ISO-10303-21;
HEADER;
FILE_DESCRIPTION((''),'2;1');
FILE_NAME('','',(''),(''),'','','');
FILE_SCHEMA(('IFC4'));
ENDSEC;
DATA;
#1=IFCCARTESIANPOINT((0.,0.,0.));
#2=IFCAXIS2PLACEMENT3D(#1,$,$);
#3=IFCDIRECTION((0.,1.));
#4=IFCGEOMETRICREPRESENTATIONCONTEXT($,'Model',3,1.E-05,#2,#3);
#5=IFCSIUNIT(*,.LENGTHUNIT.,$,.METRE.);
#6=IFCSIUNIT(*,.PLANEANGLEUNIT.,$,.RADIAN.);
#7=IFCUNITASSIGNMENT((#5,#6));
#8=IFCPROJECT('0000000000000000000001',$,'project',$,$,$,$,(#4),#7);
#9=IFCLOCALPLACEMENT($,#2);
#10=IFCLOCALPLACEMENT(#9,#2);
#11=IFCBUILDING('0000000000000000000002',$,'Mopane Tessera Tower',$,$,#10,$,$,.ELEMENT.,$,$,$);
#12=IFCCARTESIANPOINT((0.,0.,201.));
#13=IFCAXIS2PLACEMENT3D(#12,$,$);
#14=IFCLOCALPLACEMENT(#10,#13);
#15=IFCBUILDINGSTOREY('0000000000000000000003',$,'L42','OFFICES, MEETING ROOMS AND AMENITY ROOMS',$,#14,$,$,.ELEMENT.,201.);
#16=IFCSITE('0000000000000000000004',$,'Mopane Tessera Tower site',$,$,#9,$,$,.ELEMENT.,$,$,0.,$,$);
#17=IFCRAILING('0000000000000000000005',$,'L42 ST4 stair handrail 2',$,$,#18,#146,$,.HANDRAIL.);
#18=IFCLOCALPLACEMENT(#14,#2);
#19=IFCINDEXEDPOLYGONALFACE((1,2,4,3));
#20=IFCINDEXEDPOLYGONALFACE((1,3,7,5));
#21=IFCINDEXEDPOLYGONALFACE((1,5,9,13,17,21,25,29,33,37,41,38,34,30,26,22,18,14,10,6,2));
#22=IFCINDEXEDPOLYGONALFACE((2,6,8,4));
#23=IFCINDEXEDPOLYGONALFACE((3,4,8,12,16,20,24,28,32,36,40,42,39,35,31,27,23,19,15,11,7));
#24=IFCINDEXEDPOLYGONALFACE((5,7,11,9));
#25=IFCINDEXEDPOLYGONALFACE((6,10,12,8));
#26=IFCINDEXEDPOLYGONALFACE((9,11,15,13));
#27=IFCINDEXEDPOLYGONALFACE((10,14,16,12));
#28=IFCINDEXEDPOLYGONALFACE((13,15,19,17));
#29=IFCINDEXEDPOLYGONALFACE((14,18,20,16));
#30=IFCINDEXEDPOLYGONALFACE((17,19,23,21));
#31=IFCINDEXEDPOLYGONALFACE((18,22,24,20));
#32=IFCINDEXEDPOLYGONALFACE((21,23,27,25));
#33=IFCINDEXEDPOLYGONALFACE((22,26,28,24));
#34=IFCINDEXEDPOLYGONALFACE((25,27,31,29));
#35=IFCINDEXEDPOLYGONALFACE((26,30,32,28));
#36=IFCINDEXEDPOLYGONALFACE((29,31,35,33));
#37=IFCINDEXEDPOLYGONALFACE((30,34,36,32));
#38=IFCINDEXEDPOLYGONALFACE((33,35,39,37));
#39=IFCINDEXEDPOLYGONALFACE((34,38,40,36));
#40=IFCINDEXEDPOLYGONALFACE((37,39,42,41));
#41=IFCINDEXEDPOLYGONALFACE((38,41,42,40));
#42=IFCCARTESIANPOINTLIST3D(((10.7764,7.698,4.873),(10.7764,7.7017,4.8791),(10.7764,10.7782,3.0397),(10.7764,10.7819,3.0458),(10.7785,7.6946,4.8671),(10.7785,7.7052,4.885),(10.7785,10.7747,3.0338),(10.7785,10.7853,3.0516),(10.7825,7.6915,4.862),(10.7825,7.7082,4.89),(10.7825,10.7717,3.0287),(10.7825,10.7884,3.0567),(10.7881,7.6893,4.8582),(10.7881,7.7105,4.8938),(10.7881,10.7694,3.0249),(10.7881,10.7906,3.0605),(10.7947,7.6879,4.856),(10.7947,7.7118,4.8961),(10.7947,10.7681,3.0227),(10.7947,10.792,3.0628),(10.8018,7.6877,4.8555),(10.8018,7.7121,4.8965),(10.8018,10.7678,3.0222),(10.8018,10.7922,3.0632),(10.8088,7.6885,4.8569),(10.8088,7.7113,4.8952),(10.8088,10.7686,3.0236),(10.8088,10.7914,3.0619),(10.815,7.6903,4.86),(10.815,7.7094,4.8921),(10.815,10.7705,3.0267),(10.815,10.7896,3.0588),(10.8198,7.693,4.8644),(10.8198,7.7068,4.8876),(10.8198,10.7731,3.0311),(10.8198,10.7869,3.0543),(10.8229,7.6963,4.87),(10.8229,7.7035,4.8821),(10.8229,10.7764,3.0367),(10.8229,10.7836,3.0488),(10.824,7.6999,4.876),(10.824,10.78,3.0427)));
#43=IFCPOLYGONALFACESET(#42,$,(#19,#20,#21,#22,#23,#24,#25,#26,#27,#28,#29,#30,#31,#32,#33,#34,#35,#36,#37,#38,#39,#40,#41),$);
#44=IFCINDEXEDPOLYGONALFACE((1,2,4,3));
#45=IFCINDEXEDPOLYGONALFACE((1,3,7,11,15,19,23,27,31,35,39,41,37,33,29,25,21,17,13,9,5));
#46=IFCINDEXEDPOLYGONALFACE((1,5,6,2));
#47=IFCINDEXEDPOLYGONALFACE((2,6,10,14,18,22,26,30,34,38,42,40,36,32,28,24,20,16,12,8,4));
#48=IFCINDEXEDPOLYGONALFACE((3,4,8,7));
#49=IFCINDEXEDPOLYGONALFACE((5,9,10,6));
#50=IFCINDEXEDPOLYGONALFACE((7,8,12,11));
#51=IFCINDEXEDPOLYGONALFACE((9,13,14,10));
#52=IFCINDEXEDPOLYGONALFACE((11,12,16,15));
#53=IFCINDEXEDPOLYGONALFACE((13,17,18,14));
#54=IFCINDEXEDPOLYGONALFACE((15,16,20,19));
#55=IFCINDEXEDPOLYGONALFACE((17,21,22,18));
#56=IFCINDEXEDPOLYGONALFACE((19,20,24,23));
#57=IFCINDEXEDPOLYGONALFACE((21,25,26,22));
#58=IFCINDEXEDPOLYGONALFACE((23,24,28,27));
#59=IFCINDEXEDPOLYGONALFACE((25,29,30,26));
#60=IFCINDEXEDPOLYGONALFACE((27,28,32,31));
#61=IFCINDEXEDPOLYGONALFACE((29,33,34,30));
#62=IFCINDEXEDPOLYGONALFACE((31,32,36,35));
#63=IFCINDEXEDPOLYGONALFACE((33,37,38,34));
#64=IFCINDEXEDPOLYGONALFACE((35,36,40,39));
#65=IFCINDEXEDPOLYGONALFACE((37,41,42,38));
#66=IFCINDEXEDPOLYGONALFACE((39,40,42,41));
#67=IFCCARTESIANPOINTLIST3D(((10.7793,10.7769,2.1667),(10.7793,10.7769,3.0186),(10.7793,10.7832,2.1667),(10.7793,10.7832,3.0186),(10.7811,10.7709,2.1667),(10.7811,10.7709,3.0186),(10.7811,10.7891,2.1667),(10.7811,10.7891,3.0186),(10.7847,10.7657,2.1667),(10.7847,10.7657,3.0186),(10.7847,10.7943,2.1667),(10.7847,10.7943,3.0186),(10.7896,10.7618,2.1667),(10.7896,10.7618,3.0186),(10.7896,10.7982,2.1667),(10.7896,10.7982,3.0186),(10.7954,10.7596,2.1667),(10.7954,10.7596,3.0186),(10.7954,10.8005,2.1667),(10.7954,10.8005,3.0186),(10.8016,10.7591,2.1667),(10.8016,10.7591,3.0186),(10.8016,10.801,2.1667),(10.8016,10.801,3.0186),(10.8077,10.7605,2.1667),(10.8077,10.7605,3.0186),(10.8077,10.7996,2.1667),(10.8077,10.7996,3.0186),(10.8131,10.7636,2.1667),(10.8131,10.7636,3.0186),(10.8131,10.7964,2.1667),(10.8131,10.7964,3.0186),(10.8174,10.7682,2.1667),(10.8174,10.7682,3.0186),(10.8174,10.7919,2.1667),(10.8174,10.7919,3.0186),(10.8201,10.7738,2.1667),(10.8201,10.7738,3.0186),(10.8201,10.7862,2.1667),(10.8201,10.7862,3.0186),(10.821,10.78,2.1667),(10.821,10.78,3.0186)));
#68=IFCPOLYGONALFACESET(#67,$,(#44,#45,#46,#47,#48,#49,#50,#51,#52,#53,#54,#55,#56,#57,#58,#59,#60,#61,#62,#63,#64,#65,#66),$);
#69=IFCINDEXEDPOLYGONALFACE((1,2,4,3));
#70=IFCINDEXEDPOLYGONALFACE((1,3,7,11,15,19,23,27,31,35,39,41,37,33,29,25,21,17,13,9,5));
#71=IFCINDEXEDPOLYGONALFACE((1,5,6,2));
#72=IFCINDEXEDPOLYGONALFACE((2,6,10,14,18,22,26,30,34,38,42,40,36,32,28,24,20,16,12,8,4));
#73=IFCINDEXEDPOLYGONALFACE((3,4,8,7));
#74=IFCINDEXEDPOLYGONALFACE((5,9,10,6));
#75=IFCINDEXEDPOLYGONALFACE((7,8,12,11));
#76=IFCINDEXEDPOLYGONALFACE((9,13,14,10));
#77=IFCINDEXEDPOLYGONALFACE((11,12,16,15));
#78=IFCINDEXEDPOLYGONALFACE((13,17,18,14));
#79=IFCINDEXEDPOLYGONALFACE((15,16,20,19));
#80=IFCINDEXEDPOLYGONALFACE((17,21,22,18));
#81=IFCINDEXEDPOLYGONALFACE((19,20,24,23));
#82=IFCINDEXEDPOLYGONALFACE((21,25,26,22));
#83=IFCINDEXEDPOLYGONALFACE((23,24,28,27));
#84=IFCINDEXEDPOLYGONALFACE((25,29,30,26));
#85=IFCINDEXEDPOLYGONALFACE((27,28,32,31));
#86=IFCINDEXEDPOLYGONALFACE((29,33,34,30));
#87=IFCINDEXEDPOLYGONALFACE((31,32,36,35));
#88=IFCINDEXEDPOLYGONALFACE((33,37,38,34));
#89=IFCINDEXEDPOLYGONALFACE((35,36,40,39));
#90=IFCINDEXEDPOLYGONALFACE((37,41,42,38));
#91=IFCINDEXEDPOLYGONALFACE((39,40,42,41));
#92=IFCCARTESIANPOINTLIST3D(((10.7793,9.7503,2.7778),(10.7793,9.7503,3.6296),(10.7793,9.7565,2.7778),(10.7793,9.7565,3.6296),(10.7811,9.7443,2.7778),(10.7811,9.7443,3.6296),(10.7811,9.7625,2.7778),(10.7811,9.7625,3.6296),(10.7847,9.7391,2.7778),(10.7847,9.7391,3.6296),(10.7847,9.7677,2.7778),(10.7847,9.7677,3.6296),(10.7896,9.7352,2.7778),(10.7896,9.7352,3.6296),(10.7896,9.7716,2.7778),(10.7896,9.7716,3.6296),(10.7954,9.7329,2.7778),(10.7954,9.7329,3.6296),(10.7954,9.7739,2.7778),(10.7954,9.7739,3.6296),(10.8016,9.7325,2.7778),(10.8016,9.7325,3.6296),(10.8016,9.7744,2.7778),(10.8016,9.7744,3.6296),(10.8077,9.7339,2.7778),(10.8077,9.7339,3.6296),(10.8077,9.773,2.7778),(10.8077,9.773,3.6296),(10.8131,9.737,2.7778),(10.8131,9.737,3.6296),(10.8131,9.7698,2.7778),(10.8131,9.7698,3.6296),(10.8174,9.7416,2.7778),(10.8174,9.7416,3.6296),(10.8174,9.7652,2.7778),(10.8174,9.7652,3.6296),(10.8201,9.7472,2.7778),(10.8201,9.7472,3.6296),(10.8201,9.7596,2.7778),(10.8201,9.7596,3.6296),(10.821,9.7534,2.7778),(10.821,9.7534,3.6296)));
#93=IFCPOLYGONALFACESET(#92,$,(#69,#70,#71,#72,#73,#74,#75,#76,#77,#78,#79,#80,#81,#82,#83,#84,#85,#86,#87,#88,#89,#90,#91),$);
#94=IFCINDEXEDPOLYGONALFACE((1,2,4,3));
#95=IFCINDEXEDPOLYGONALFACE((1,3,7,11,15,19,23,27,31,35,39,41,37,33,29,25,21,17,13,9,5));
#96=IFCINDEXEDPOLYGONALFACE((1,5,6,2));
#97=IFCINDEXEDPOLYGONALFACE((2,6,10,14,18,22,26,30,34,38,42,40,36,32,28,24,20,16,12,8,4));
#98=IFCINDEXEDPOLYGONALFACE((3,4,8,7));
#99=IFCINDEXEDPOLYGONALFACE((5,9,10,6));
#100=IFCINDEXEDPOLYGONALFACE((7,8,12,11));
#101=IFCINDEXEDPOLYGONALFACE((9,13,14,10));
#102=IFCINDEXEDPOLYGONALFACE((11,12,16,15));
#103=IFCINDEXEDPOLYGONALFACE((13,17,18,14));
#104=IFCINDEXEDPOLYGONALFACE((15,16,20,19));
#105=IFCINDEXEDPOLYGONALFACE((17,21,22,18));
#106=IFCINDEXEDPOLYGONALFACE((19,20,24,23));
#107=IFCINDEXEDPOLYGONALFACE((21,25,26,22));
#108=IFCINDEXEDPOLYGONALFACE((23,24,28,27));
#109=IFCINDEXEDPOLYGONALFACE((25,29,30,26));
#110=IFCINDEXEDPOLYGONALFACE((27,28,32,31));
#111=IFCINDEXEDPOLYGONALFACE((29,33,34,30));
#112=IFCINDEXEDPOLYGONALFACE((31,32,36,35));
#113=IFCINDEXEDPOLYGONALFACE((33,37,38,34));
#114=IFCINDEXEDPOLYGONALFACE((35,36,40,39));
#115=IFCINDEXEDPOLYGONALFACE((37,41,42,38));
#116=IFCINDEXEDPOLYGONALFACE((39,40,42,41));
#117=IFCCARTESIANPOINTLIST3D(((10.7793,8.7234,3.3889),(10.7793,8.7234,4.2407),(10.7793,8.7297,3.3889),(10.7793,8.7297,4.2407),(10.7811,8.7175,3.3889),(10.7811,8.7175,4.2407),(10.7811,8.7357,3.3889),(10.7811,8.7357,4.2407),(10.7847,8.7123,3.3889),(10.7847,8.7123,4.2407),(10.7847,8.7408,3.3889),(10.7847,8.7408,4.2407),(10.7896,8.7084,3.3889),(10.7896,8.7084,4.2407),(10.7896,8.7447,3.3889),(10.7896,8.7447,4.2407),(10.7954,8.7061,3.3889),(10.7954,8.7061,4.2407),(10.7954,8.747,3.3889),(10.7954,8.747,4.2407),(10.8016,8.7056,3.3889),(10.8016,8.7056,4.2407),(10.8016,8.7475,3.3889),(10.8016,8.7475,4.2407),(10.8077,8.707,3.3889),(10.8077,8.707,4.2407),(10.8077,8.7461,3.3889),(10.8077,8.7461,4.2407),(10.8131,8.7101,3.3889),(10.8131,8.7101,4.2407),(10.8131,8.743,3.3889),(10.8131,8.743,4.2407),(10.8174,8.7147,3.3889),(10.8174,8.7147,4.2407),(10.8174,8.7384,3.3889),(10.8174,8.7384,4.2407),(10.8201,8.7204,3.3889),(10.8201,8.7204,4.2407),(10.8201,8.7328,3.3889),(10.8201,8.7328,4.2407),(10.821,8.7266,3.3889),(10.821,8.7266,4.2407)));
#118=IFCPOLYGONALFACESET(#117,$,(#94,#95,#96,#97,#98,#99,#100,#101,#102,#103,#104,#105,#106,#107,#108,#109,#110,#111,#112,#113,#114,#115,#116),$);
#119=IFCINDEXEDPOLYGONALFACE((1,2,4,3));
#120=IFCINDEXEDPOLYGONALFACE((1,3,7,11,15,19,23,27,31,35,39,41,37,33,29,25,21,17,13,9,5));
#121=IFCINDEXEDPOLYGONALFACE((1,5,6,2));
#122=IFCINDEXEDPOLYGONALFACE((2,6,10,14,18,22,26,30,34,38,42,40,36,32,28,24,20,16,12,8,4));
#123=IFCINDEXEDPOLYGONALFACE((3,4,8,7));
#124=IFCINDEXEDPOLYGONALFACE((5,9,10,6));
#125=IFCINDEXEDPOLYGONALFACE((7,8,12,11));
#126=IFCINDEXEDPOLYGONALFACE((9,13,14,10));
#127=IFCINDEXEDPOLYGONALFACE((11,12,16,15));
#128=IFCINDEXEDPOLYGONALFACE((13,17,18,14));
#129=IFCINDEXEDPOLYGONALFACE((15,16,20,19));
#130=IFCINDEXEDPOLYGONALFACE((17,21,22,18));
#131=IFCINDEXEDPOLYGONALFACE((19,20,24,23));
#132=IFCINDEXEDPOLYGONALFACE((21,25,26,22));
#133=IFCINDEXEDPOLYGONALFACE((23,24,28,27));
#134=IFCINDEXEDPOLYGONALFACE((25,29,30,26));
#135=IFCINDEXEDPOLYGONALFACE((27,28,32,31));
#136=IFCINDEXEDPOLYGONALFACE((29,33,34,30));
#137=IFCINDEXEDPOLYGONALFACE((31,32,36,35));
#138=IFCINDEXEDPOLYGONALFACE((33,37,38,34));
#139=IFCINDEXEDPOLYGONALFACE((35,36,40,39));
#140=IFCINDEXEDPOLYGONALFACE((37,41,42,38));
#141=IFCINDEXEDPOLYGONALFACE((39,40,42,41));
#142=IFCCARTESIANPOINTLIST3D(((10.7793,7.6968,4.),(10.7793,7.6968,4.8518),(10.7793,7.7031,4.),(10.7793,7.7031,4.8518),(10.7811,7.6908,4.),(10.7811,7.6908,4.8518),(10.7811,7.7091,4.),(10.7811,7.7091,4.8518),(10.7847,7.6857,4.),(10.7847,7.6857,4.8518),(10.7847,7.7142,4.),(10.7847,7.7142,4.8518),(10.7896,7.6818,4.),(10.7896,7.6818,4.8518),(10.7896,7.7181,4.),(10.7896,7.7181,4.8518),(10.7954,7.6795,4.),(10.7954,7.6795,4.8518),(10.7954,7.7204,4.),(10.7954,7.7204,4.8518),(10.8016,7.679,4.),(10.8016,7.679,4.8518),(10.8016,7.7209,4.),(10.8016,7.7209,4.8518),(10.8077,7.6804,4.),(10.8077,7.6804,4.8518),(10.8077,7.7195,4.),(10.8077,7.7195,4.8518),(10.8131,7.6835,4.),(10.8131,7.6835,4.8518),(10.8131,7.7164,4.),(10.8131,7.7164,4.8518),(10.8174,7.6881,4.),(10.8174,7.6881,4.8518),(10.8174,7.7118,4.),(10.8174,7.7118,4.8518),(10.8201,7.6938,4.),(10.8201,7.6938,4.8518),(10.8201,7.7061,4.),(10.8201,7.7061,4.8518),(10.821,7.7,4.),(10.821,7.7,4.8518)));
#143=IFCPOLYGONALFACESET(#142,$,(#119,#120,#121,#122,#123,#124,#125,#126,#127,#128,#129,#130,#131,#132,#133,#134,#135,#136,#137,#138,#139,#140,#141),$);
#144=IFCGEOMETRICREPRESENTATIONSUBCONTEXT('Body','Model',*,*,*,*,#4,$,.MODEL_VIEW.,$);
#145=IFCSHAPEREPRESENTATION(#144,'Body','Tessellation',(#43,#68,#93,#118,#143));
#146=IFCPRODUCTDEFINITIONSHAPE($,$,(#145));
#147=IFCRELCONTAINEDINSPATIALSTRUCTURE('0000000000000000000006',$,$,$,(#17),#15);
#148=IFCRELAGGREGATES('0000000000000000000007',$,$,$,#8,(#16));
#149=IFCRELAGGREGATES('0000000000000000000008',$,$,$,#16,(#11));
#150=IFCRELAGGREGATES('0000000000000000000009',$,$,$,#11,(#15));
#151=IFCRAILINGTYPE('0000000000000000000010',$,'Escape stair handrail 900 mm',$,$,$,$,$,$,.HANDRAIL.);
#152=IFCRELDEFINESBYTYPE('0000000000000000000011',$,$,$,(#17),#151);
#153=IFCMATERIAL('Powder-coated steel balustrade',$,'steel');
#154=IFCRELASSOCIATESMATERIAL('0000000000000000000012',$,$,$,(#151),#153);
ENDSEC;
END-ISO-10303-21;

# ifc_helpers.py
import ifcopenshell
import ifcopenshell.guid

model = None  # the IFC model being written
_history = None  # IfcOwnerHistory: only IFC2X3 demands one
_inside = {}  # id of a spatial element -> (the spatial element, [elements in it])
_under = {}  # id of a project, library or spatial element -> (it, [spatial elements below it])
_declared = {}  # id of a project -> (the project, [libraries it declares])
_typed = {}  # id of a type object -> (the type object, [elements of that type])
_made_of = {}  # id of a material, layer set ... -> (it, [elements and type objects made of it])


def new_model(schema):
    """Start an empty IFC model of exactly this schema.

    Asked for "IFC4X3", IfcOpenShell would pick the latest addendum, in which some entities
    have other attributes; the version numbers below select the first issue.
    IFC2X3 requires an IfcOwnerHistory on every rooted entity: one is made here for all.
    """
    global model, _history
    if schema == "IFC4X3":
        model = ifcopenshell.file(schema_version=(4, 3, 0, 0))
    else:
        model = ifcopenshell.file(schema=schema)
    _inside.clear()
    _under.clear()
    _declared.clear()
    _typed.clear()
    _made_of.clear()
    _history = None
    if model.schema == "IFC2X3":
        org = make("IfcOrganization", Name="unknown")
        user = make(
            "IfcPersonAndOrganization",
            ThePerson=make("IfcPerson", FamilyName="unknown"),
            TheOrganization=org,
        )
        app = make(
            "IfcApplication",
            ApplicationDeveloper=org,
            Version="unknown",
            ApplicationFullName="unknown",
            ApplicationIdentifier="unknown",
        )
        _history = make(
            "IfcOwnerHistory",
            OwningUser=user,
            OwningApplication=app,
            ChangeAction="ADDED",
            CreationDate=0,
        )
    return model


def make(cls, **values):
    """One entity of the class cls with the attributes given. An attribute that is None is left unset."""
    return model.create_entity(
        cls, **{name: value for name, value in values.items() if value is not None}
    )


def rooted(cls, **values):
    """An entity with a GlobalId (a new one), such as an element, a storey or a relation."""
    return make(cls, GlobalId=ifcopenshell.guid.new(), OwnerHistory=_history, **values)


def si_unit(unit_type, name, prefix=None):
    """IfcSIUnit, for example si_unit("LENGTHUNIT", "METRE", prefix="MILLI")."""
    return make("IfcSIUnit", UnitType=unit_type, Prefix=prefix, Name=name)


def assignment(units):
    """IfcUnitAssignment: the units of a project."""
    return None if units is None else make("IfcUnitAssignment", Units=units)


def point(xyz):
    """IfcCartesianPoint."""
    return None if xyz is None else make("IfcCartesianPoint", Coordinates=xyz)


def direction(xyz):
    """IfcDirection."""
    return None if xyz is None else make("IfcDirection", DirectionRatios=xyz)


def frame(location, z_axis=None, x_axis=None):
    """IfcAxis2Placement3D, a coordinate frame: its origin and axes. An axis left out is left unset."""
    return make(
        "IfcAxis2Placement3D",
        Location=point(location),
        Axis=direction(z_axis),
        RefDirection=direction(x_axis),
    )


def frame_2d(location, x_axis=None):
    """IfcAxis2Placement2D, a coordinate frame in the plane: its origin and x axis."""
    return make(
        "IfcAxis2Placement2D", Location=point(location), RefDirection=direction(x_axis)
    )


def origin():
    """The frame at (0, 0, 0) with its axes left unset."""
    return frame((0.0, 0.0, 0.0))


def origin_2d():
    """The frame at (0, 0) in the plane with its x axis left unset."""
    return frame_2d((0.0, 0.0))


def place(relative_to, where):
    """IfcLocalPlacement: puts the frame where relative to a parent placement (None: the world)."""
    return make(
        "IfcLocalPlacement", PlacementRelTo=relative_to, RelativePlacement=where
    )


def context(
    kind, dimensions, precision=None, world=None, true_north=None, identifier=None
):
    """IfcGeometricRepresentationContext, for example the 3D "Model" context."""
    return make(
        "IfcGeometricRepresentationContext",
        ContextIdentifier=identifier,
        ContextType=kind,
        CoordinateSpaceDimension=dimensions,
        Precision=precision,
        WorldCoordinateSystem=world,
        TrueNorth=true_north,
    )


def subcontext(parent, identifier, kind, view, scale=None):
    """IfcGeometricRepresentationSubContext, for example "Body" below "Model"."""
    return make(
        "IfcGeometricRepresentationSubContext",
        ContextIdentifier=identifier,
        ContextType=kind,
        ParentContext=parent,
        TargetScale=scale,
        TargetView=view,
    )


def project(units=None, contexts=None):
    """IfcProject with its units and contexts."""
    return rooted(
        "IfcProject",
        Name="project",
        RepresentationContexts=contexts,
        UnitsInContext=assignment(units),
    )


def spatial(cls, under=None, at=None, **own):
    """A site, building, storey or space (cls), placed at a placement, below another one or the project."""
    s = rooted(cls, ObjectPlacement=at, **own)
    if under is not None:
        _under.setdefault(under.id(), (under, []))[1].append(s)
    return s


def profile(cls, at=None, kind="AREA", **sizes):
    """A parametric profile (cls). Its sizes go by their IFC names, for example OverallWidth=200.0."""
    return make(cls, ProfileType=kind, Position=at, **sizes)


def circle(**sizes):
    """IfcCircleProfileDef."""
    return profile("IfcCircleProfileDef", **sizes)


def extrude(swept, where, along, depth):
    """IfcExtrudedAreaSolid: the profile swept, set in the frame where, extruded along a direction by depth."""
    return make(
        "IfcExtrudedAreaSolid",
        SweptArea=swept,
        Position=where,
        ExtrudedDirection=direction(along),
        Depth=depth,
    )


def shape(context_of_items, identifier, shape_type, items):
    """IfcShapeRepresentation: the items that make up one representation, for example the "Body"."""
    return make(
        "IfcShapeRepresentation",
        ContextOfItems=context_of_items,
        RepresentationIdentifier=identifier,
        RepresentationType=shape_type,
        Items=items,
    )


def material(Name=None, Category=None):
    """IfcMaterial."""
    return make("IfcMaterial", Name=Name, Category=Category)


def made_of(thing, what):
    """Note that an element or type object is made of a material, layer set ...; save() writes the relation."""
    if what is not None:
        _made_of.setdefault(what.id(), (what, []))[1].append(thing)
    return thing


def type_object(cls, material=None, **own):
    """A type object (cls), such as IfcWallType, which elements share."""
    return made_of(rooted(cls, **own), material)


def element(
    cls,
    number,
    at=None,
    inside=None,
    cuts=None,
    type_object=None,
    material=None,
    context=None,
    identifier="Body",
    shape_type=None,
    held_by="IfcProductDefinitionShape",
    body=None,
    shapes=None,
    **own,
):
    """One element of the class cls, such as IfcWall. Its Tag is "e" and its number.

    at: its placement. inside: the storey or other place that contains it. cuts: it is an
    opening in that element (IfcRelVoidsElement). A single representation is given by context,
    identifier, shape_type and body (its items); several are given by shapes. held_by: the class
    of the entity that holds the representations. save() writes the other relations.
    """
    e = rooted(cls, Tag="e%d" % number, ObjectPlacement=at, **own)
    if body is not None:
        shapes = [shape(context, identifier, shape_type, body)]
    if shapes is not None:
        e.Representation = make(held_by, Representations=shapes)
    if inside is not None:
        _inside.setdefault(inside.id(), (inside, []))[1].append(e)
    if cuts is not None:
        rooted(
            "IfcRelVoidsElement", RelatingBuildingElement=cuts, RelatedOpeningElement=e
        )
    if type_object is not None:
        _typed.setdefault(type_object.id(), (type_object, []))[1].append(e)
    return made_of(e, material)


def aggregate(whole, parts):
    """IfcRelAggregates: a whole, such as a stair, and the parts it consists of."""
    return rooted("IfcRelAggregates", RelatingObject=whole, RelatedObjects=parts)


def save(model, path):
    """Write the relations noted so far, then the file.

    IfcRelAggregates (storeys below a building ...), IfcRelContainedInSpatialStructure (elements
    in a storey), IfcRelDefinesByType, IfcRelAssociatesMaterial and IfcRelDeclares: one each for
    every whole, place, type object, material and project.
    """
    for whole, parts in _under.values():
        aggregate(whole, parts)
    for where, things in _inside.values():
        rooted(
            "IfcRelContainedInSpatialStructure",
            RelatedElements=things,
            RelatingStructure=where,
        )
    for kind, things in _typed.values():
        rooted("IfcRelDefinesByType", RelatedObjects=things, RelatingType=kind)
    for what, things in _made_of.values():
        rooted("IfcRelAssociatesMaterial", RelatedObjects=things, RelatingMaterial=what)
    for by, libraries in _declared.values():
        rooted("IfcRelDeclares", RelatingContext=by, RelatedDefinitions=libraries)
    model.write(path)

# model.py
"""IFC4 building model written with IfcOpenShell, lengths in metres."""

from ifc_helpers import new_model, si_unit, direction, frame, origin, origin_2d, place, context, subcontext, project, spatial, circle, extrude, material, type_object, element, save


model = new_model("IFC4")

# Units and contexts
model_context = context("Model", 3, precision=1e-05, world=origin(), true_north=direction((0.0, 1.0)))
body_context = subcontext(model_context, "Body", "Model", "MODEL_VIEW")
ifc_project = project(units=[si_unit("LENGTHUNIT", "METRE"), si_unit("PLANEANGLEUNIT", "RADIAN")], contexts=[model_context])

# Site, building, storey
site_placement = place(None, origin())
site = spatial("IfcSite", under=ifc_project, at=site_placement, Name="Mopane Tessera Tower site", CompositionType="ELEMENT", RefElevation=0.0)
building_placement = place(site_placement, origin())
building = spatial("IfcBuilding", under=site, at=building_placement, Name="Mopane Tessera Tower", CompositionType="ELEMENT")
storey_placement = place(building_placement, frame((0.0, 0.0, 201.0)))
storey = spatial("IfcBuildingStorey", under=building, at=storey_placement, Name="L42", Description="OFFICES, MEETING ROOMS AND AMENITY ROOMS", CompositionType="ELEMENT", Elevation=201.0)

# Railing
ifc_material_1 = material(Name="Powder-coated steel balustrade", Category="steel")
railing_type_1 = type_object("IfcRailingType", Name="Escape stair handrail 900 mm", PredefinedType="HANDRAIL", material=ifc_material_1)
railing_1_placement = place(storey_placement, frame((10.8, 10.78, 2.1667)))
element("IfcRailing", 1, at=railing_1_placement, inside=storey, type_object=railing_type_1, Name="L42 ST4 stair handrail 2", PredefinedType="HANDRAIL", context=body_context, shape_type="SweptSolid", body=[
    extrude(circle(Radius=0.0239, at=origin_2d()), frame((0.0, 0.0, 0.876), z_axis=(0.0, -0.859309, 0.511458), x_axis=(1.0, 0.0, 0.0)), (0.0, 0.0, 1.0), 3.5845),
    extrude(circle(Radius=0.021, at=origin_2d()), origin(), (0.0, 0.0, 1.0), 0.8518),
    extrude(circle(Radius=0.021, at=origin_2d()), frame((0.0, -1.0266, 0.6111)), (0.0, 0.0, 1.0), 0.8518),
    extrude(circle(Radius=0.021, at=origin_2d()), frame((0.0, -2.0535, 1.2222)), (0.0, 0.0, 1.0), 0.8518),
    extrude(circle(Radius=0.021, at=origin_2d()), frame((0.0, -3.0801, 1.8333)), (0.0, 0.0, 1.0), 0.8518),
])

save(model, "model.ifc")
